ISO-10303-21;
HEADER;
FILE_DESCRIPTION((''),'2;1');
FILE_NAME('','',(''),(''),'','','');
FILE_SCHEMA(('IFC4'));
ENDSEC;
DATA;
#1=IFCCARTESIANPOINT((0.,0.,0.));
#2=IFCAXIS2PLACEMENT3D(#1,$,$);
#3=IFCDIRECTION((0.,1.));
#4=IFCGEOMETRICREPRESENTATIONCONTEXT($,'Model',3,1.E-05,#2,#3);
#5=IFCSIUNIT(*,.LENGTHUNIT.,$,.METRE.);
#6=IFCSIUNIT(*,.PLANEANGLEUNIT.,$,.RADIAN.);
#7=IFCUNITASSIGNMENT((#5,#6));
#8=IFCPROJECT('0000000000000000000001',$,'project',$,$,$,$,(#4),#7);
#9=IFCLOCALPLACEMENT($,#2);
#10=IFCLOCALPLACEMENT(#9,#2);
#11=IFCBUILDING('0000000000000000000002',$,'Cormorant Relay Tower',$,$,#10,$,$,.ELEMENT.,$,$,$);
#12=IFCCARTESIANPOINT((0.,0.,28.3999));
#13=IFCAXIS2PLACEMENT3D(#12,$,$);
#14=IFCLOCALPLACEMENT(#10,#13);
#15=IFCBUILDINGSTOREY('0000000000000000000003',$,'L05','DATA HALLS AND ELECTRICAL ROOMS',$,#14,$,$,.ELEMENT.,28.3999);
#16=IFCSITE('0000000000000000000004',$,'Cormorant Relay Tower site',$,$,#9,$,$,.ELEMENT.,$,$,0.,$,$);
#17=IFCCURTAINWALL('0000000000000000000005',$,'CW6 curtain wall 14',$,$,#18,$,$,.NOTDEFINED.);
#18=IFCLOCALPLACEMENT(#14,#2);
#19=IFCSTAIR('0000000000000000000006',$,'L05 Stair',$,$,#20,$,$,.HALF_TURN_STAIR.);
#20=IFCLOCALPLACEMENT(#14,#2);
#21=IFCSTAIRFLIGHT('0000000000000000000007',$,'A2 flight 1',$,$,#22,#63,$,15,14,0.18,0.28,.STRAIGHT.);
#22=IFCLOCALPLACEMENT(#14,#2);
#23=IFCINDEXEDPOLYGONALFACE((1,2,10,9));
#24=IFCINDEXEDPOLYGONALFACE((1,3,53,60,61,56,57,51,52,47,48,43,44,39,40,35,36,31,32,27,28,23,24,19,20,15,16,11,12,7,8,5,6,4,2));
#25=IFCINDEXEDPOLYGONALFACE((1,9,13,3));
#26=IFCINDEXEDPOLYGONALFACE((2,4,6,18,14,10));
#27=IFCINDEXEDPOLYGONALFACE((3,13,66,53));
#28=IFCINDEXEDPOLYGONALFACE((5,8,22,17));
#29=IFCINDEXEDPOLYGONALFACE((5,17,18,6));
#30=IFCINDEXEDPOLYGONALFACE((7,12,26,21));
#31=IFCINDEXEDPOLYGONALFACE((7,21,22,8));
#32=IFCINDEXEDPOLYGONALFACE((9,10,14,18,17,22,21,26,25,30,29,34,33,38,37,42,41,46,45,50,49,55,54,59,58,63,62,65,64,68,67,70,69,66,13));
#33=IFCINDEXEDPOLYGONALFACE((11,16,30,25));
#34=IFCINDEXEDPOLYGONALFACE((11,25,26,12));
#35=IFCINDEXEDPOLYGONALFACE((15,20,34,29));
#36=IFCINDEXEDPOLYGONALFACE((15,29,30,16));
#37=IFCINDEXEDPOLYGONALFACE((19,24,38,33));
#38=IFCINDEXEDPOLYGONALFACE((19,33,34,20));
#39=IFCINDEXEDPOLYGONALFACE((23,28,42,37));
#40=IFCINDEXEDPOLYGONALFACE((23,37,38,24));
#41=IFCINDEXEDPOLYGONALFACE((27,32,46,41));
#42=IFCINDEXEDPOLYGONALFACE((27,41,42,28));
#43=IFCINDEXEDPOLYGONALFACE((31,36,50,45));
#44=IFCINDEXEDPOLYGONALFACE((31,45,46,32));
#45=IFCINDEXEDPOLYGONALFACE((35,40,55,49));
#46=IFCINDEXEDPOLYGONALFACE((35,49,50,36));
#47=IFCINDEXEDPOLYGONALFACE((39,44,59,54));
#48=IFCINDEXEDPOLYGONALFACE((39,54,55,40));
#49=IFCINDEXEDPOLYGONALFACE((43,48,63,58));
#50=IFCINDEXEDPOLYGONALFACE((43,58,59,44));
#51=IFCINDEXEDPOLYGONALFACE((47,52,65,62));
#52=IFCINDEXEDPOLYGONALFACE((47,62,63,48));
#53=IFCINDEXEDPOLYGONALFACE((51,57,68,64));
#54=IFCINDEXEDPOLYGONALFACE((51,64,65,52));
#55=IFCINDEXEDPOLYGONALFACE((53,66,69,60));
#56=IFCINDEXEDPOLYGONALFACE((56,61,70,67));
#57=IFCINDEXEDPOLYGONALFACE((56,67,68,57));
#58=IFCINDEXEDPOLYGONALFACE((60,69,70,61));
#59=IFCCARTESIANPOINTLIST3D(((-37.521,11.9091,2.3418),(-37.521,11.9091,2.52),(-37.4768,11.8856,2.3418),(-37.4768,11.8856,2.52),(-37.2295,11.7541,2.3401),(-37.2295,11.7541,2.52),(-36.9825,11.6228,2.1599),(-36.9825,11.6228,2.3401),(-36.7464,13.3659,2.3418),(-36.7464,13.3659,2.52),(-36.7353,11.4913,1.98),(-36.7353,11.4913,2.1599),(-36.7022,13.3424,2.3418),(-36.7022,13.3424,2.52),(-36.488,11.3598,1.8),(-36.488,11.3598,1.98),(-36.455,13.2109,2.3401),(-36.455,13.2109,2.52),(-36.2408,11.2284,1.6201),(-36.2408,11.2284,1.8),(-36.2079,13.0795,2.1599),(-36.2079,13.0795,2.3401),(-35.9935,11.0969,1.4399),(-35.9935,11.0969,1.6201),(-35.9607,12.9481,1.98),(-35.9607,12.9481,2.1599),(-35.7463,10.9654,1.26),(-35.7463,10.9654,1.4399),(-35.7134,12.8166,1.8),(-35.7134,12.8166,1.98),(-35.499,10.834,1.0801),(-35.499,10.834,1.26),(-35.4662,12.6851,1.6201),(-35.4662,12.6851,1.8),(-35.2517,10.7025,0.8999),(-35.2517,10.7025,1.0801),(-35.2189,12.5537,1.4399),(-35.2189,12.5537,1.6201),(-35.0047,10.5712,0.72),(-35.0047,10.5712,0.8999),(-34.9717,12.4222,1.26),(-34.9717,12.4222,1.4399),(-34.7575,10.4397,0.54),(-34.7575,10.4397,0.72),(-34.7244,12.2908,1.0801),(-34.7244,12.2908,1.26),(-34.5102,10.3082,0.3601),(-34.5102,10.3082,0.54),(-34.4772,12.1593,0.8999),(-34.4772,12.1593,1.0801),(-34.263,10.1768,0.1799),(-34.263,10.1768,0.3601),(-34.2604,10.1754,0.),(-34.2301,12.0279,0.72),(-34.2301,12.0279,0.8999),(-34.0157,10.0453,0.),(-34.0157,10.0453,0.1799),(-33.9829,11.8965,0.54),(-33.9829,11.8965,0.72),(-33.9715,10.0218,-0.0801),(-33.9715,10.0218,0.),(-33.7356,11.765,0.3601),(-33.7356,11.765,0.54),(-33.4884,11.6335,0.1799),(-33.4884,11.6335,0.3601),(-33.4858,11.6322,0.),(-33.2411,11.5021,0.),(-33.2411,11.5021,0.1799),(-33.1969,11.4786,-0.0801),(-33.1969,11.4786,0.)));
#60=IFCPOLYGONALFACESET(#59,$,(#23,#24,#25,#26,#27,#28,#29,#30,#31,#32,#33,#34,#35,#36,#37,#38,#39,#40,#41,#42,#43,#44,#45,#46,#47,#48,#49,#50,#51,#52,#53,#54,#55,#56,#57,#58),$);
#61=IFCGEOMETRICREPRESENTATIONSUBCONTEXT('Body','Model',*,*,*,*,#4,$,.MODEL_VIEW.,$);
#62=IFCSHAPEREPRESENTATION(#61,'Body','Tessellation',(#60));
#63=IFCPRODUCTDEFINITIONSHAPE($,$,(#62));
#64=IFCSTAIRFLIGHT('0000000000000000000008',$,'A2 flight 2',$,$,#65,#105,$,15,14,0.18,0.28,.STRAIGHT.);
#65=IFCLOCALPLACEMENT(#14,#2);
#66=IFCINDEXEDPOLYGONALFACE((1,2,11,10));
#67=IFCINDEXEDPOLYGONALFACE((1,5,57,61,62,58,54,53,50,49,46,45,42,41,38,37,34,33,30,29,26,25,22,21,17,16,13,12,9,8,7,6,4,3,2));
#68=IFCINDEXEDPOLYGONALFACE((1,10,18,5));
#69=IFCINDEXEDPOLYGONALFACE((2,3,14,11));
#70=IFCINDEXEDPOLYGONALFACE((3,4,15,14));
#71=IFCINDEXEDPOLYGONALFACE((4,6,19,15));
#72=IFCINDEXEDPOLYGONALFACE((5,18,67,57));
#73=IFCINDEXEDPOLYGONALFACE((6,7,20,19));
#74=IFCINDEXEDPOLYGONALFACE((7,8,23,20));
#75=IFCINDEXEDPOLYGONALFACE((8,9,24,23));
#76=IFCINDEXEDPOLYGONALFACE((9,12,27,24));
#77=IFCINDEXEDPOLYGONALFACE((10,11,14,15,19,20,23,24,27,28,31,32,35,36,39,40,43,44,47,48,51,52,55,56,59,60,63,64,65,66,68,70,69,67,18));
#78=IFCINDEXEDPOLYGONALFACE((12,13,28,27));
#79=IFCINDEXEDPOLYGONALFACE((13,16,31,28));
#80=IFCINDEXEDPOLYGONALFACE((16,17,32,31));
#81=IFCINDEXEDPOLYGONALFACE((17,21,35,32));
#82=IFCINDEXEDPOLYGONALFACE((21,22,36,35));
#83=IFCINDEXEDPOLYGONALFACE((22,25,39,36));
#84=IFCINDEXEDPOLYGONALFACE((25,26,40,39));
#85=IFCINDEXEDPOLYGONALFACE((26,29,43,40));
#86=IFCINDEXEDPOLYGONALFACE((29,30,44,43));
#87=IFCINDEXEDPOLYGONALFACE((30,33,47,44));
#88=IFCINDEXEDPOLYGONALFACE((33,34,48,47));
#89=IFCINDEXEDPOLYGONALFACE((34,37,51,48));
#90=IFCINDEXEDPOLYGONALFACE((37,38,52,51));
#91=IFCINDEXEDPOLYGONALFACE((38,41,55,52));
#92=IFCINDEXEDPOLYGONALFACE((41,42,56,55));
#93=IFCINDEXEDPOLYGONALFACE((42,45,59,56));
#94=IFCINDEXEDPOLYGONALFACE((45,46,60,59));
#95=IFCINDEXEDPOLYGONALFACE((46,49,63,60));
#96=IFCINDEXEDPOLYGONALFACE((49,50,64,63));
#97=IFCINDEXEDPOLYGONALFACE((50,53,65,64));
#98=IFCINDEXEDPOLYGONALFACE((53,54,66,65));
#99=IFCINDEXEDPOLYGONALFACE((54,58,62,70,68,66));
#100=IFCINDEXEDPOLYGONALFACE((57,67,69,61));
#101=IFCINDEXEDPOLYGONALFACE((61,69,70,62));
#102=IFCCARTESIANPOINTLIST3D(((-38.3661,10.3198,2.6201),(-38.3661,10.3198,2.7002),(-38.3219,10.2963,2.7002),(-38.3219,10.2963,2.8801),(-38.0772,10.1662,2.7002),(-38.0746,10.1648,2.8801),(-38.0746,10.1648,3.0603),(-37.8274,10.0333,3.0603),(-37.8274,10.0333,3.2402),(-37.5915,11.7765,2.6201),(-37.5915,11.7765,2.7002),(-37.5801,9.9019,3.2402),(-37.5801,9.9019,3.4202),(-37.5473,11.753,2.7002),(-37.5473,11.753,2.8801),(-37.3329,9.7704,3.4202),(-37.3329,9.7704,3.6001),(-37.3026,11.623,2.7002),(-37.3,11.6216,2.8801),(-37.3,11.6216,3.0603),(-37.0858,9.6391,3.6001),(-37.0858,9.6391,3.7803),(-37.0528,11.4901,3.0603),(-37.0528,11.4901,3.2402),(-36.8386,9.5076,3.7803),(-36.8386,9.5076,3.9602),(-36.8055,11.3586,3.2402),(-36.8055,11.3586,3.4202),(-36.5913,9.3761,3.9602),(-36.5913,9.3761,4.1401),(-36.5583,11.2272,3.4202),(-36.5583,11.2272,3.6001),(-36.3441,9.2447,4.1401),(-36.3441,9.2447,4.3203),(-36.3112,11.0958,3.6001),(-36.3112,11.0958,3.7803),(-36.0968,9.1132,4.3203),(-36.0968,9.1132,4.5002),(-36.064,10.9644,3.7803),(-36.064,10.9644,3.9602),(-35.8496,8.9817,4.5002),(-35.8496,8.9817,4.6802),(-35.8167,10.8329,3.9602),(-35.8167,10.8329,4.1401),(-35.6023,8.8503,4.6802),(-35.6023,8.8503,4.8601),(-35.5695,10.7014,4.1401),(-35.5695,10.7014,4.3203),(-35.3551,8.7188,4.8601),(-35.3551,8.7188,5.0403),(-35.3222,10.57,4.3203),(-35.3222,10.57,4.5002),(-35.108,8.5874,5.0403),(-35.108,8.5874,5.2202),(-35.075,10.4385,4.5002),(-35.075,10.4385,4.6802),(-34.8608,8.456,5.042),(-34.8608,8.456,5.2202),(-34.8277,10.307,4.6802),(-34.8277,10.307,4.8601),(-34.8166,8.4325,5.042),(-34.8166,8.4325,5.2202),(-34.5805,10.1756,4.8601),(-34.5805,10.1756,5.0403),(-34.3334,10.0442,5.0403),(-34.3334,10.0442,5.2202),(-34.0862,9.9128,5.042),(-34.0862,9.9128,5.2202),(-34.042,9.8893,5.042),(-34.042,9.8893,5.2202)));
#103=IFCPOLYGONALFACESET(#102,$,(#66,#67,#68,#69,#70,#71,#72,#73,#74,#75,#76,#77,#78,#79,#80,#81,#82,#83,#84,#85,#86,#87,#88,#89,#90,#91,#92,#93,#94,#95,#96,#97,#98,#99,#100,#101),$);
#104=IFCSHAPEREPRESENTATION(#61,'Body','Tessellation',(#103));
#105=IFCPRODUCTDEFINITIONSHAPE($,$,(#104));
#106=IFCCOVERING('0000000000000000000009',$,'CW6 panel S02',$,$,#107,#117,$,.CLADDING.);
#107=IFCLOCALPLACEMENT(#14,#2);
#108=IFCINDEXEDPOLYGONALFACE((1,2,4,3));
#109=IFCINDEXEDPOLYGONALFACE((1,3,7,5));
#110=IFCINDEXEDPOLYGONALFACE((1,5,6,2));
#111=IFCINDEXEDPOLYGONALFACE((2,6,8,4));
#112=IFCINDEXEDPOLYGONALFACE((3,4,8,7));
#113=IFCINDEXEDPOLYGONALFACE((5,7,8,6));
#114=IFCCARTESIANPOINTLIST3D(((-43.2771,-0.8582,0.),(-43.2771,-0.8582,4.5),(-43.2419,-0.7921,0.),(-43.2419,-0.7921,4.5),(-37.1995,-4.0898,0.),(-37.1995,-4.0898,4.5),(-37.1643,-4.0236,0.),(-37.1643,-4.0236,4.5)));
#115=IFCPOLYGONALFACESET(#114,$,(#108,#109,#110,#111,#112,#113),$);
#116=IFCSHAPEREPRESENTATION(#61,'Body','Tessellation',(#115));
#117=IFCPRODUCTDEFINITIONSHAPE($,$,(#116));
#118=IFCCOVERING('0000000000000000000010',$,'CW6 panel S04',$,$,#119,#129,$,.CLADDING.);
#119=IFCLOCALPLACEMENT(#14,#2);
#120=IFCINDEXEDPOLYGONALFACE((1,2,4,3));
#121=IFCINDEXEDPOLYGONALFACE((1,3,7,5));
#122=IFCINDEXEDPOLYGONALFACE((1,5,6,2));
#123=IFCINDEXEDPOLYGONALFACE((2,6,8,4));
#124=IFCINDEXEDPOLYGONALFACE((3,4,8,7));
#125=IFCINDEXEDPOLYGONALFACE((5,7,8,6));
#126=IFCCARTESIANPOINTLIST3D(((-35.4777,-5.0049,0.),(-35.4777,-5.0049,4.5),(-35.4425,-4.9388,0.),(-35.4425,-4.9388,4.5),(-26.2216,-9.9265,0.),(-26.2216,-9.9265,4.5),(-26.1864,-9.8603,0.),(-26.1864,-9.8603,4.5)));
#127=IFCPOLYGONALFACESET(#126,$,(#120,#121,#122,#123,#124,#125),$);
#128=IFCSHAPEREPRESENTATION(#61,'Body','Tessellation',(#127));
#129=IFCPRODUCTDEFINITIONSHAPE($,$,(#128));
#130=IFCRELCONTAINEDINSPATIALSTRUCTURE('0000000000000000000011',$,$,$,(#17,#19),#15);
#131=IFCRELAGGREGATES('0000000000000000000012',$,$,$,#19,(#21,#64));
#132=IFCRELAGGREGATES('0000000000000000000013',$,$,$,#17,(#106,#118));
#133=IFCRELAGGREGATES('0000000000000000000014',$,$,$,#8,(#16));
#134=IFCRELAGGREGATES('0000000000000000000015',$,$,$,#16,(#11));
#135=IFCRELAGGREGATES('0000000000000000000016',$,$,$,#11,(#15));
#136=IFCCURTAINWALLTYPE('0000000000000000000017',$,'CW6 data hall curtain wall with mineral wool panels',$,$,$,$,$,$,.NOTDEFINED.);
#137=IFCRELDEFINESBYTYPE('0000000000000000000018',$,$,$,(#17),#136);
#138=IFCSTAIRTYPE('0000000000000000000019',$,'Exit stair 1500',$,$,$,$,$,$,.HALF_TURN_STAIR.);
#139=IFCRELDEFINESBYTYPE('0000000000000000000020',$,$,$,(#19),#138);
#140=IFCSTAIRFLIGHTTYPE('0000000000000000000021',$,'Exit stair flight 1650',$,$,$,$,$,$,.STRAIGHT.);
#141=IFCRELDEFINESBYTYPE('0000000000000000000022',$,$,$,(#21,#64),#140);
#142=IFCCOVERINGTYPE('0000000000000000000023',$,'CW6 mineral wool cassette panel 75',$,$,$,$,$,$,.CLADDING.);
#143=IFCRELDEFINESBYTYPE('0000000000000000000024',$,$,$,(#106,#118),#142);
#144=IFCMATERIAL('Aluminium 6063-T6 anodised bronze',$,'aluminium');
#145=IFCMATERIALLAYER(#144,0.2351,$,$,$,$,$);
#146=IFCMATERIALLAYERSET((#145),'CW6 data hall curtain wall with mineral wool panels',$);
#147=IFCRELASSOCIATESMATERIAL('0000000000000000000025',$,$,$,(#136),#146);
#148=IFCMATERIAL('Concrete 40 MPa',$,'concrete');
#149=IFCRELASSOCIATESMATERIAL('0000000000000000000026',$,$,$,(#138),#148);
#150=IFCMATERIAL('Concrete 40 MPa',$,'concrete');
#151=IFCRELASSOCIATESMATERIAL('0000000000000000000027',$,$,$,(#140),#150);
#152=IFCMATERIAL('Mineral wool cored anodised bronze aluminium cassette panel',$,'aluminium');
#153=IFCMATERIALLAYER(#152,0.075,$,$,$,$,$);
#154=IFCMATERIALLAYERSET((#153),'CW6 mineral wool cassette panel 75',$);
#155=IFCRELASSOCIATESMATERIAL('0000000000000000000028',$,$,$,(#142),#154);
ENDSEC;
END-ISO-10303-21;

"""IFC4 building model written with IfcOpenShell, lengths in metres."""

from ifc_helpers import new_model, si_unit, direction, frame, origin, origin_2d, place, context, subcontext, project, spatial, polyline, rectangle, outline, extrude, material, layer, layer_set, type_object, element, aggregate, save


model = new_model("IFC4")

# Units and contexts
model_context = context("Model", 3, precision=1e-05, world=origin(), true_north=direction((0.0, 1.0)))
body_context = subcontext(model_context, "Body", "Model", "MODEL_VIEW")
ifc_project = project(units=[si_unit("LENGTHUNIT", "METRE"), si_unit("PLANEANGLEUNIT", "RADIAN")], contexts=[model_context])

# Site, building, storey
site_placement = place(None, origin())
site = spatial("IfcSite", under=ifc_project, at=site_placement, Name="Cormorant Relay Tower site", CompositionType="ELEMENT", RefElevation=0.0)
building_placement = place(site_placement, origin())
building = spatial("IfcBuilding", under=site, at=building_placement, Name="Cormorant Relay Tower", CompositionType="ELEMENT")
storey_placement = place(building_placement, frame((0.0, 0.0, 28.3999)))
storey = spatial("IfcBuildingStorey", under=building, at=storey_placement, Name="L05", Description="DATA HALLS AND ELECTRICAL ROOMS", CompositionType="ELEMENT", Elevation=28.3999)

# Curtain wall
ifc_material_1 = material(Name="Aluminium 6063-T6 anodised bronze", Category="aluminium")
ifc_layer_1 = layer(ifc_material_1, 0.2351)
ifc_layer_set_1 = layer_set([ifc_layer_1], Name="CW6 data hall curtain wall with mineral wool panels")
curtain_wall_type = type_object("IfcCurtainWallType", Name="CW6 data hall curtain wall with mineral wool panels", PredefinedType="NOTDEFINED", material=ifc_layer_set_1)
curtain_wall_placement = place(storey_placement, origin())
curtain_wall = element("IfcCurtainWall", 1, at=curtain_wall_placement, inside=storey, type_object=curtain_wall_type, Name="CW6 curtain wall 14", PredefinedType="NOTDEFINED")

# Stair, stair flights
ifc_material_2 = material(Name="Concrete 40 MPa", Category="concrete")
stair_type = type_object("IfcStairType", Name="Exit stair 1500", PredefinedType="HALF_TURN_STAIR", material=ifc_material_2)
stair_placement = place(storey_placement, origin())
stair = element("IfcStair", 2, at=stair_placement, inside=storey, type_object=stair_type, Name="L05 Stair", PredefinedType="HALF_TURN_STAIR")
ifc_material_3 = material(Name="Concrete 40 MPa", Category="concrete")
stair_flight_type = type_object("IfcStairFlightType", Name="Exit stair flight 1650", PredefinedType="STRAIGHT", material=ifc_material_3)
stair_flight_1_placement = place(storey_placement, frame((-33.6284, 10.7737, 0.0), z_axis=(0.0, 0.0, 1.0), x_axis=(-0.882948, 0.469472, 0.0)))
stair_flight_1 = element("IfcStairFlight", 3, at=stair_flight_1_placement, type_object=stair_flight_type, Name="A2 flight 1", NumberOfRisers=15, NumberOfTreads=14, PredefinedType="STRAIGHT", RiserHeight=0.18, TreadLength=0.28, context=body_context, shape_type="SweptSolid", body=[
    extrude(outline(polyline([(-0.05, -0.0801), (-0.05, 0.0), (0.0, 0.0), (0.0, 0.1799), (0.28, 0.1799), (0.28, 0.3601), (0.5601, 0.3601), (0.5601, 0.54), (0.8401, 0.54), (0.8401, 0.72), (1.1201, 0.72), (1.1201, 0.8999), (1.3999, 0.8999), (1.3999, 1.0801), (1.6799, 1.0801), (1.6799, 1.26), (1.96, 1.26), (1.96, 1.4399), (2.24, 1.4399), (2.24, 1.6201), (2.52, 1.6201), (2.52, 1.8), (2.8, 1.8), (2.8, 1.98), (3.0801, 1.98), (3.0801, 2.1599), (3.3601, 2.1599), (3.3601, 2.3401), (3.6399, 2.3401), (3.6399, 2.52), (3.9199, 2.52), (3.97, 2.52), (3.97, 2.3418), (3.9199, 2.3418), (0.2771, 0.0), (-0.05, -0.0801)])), frame((0.0, 0.825, 0.0), z_axis=(0.0, -1.0, 0.0), x_axis=(1.0, 0.0, 0.0)), (0.0, 0.0, 1.0), 1.6499),
])
stair_flight_2_placement = place(storey_placement, frame((-37.9346, 11.0247, 2.7002), z_axis=(0.0, 0.0, 1.0), x_axis=(0.882948, -0.469472, 0.0)))
stair_flight_2 = element("IfcStairFlight", 4, at=stair_flight_2_placement, type_object=stair_flight_type, Name="A2 flight 2", NumberOfRisers=15, NumberOfTreads=14, PredefinedType="STRAIGHT", RiserHeight=0.18, TreadLength=0.28, context=body_context, shape_type="SweptSolid", body=[
    extrude(outline(polyline([(-0.05, -0.0801), (-0.05, 0.0), (0.0, 0.0), (0.0, 0.1799), (0.28, 0.1799), (0.28, 0.3601), (0.5601, 0.3601), (0.5601, 0.54), (0.8401, 0.54), (0.8401, 0.72), (1.1201, 0.72), (1.1201, 0.8999), (1.3999, 0.8999), (1.3999, 1.0801), (1.6799, 1.0801), (1.6799, 1.26), (1.96, 1.26), (1.96, 1.4399), (2.24, 1.4399), (2.24, 1.6201), (2.52, 1.6201), (2.52, 1.8), (2.8, 1.8), (2.8, 1.98), (3.0801, 1.98), (3.0801, 2.1599), (3.3601, 2.1599), (3.3601, 2.3401), (3.6399, 2.3401), (3.6399, 2.52), (3.9199, 2.52), (3.97, 2.52), (3.97, 2.3418), (3.9199, 2.3418), (0.2771, 0.0), (-0.05, -0.0801)])), frame((0.0, 0.825, 0.0), z_axis=(0.0, -1.0, 0.0), x_axis=(1.0, 0.0, 0.0)), (0.0, 0.0, 1.0), 1.6499),
])
aggregate(stair, [stair_flight_1, stair_flight_2])

# Coverings
ifc_material_4 = material(Name="Mineral wool cored anodised bronze aluminium cassette panel", Category="aluminium")
ifc_layer_2 = layer(ifc_material_4, 0.075)
ifc_layer_set_2 = layer_set([ifc_layer_2], Name="CW6 mineral wool cassette panel 75")
covering_type = type_object("IfcCoveringType", Name="CW6 mineral wool cassette panel 75", PredefinedType="CLADDING", material=ifc_layer_set_2)
covering_1_placement = place(storey_placement, frame((-40.2207, -2.4409, 0.0), z_axis=(0.0, 0.0, 1.0), x_axis=(0.882948, -0.469472, 0.0)))
covering_1 = element("IfcCovering", 5, at=covering_1_placement, type_object=covering_type, Name="CW6 panel S02", PredefinedType="CLADDING", context=body_context, shape_type="SweptSolid", body=[
    extrude(rectangle(XDim=6.8833, YDim=0.075, at=origin_2d()), origin(), (0.0, 0.0, 1.0), 4.5),
])
covering_2_placement = place(storey_placement, frame((-30.832, -7.4326, 0.0), z_axis=(0.0, 0.0, 1.0), x_axis=(0.882948, -0.469472, 0.0)))
covering_2 = element("IfcCovering", 6, at=covering_2_placement, type_object=covering_type, Name="CW6 panel S04", PredefinedType="CLADDING", context=body_context, shape_type="SweptSolid", body=[
    extrude(rectangle(XDim=10.4832, YDim=0.075, at=origin_2d()), origin(), (0.0, 0.0, 1.0), 4.5),
])
aggregate(curtain_wall, [covering_1, covering_2])

save(model, "model.ifc")
